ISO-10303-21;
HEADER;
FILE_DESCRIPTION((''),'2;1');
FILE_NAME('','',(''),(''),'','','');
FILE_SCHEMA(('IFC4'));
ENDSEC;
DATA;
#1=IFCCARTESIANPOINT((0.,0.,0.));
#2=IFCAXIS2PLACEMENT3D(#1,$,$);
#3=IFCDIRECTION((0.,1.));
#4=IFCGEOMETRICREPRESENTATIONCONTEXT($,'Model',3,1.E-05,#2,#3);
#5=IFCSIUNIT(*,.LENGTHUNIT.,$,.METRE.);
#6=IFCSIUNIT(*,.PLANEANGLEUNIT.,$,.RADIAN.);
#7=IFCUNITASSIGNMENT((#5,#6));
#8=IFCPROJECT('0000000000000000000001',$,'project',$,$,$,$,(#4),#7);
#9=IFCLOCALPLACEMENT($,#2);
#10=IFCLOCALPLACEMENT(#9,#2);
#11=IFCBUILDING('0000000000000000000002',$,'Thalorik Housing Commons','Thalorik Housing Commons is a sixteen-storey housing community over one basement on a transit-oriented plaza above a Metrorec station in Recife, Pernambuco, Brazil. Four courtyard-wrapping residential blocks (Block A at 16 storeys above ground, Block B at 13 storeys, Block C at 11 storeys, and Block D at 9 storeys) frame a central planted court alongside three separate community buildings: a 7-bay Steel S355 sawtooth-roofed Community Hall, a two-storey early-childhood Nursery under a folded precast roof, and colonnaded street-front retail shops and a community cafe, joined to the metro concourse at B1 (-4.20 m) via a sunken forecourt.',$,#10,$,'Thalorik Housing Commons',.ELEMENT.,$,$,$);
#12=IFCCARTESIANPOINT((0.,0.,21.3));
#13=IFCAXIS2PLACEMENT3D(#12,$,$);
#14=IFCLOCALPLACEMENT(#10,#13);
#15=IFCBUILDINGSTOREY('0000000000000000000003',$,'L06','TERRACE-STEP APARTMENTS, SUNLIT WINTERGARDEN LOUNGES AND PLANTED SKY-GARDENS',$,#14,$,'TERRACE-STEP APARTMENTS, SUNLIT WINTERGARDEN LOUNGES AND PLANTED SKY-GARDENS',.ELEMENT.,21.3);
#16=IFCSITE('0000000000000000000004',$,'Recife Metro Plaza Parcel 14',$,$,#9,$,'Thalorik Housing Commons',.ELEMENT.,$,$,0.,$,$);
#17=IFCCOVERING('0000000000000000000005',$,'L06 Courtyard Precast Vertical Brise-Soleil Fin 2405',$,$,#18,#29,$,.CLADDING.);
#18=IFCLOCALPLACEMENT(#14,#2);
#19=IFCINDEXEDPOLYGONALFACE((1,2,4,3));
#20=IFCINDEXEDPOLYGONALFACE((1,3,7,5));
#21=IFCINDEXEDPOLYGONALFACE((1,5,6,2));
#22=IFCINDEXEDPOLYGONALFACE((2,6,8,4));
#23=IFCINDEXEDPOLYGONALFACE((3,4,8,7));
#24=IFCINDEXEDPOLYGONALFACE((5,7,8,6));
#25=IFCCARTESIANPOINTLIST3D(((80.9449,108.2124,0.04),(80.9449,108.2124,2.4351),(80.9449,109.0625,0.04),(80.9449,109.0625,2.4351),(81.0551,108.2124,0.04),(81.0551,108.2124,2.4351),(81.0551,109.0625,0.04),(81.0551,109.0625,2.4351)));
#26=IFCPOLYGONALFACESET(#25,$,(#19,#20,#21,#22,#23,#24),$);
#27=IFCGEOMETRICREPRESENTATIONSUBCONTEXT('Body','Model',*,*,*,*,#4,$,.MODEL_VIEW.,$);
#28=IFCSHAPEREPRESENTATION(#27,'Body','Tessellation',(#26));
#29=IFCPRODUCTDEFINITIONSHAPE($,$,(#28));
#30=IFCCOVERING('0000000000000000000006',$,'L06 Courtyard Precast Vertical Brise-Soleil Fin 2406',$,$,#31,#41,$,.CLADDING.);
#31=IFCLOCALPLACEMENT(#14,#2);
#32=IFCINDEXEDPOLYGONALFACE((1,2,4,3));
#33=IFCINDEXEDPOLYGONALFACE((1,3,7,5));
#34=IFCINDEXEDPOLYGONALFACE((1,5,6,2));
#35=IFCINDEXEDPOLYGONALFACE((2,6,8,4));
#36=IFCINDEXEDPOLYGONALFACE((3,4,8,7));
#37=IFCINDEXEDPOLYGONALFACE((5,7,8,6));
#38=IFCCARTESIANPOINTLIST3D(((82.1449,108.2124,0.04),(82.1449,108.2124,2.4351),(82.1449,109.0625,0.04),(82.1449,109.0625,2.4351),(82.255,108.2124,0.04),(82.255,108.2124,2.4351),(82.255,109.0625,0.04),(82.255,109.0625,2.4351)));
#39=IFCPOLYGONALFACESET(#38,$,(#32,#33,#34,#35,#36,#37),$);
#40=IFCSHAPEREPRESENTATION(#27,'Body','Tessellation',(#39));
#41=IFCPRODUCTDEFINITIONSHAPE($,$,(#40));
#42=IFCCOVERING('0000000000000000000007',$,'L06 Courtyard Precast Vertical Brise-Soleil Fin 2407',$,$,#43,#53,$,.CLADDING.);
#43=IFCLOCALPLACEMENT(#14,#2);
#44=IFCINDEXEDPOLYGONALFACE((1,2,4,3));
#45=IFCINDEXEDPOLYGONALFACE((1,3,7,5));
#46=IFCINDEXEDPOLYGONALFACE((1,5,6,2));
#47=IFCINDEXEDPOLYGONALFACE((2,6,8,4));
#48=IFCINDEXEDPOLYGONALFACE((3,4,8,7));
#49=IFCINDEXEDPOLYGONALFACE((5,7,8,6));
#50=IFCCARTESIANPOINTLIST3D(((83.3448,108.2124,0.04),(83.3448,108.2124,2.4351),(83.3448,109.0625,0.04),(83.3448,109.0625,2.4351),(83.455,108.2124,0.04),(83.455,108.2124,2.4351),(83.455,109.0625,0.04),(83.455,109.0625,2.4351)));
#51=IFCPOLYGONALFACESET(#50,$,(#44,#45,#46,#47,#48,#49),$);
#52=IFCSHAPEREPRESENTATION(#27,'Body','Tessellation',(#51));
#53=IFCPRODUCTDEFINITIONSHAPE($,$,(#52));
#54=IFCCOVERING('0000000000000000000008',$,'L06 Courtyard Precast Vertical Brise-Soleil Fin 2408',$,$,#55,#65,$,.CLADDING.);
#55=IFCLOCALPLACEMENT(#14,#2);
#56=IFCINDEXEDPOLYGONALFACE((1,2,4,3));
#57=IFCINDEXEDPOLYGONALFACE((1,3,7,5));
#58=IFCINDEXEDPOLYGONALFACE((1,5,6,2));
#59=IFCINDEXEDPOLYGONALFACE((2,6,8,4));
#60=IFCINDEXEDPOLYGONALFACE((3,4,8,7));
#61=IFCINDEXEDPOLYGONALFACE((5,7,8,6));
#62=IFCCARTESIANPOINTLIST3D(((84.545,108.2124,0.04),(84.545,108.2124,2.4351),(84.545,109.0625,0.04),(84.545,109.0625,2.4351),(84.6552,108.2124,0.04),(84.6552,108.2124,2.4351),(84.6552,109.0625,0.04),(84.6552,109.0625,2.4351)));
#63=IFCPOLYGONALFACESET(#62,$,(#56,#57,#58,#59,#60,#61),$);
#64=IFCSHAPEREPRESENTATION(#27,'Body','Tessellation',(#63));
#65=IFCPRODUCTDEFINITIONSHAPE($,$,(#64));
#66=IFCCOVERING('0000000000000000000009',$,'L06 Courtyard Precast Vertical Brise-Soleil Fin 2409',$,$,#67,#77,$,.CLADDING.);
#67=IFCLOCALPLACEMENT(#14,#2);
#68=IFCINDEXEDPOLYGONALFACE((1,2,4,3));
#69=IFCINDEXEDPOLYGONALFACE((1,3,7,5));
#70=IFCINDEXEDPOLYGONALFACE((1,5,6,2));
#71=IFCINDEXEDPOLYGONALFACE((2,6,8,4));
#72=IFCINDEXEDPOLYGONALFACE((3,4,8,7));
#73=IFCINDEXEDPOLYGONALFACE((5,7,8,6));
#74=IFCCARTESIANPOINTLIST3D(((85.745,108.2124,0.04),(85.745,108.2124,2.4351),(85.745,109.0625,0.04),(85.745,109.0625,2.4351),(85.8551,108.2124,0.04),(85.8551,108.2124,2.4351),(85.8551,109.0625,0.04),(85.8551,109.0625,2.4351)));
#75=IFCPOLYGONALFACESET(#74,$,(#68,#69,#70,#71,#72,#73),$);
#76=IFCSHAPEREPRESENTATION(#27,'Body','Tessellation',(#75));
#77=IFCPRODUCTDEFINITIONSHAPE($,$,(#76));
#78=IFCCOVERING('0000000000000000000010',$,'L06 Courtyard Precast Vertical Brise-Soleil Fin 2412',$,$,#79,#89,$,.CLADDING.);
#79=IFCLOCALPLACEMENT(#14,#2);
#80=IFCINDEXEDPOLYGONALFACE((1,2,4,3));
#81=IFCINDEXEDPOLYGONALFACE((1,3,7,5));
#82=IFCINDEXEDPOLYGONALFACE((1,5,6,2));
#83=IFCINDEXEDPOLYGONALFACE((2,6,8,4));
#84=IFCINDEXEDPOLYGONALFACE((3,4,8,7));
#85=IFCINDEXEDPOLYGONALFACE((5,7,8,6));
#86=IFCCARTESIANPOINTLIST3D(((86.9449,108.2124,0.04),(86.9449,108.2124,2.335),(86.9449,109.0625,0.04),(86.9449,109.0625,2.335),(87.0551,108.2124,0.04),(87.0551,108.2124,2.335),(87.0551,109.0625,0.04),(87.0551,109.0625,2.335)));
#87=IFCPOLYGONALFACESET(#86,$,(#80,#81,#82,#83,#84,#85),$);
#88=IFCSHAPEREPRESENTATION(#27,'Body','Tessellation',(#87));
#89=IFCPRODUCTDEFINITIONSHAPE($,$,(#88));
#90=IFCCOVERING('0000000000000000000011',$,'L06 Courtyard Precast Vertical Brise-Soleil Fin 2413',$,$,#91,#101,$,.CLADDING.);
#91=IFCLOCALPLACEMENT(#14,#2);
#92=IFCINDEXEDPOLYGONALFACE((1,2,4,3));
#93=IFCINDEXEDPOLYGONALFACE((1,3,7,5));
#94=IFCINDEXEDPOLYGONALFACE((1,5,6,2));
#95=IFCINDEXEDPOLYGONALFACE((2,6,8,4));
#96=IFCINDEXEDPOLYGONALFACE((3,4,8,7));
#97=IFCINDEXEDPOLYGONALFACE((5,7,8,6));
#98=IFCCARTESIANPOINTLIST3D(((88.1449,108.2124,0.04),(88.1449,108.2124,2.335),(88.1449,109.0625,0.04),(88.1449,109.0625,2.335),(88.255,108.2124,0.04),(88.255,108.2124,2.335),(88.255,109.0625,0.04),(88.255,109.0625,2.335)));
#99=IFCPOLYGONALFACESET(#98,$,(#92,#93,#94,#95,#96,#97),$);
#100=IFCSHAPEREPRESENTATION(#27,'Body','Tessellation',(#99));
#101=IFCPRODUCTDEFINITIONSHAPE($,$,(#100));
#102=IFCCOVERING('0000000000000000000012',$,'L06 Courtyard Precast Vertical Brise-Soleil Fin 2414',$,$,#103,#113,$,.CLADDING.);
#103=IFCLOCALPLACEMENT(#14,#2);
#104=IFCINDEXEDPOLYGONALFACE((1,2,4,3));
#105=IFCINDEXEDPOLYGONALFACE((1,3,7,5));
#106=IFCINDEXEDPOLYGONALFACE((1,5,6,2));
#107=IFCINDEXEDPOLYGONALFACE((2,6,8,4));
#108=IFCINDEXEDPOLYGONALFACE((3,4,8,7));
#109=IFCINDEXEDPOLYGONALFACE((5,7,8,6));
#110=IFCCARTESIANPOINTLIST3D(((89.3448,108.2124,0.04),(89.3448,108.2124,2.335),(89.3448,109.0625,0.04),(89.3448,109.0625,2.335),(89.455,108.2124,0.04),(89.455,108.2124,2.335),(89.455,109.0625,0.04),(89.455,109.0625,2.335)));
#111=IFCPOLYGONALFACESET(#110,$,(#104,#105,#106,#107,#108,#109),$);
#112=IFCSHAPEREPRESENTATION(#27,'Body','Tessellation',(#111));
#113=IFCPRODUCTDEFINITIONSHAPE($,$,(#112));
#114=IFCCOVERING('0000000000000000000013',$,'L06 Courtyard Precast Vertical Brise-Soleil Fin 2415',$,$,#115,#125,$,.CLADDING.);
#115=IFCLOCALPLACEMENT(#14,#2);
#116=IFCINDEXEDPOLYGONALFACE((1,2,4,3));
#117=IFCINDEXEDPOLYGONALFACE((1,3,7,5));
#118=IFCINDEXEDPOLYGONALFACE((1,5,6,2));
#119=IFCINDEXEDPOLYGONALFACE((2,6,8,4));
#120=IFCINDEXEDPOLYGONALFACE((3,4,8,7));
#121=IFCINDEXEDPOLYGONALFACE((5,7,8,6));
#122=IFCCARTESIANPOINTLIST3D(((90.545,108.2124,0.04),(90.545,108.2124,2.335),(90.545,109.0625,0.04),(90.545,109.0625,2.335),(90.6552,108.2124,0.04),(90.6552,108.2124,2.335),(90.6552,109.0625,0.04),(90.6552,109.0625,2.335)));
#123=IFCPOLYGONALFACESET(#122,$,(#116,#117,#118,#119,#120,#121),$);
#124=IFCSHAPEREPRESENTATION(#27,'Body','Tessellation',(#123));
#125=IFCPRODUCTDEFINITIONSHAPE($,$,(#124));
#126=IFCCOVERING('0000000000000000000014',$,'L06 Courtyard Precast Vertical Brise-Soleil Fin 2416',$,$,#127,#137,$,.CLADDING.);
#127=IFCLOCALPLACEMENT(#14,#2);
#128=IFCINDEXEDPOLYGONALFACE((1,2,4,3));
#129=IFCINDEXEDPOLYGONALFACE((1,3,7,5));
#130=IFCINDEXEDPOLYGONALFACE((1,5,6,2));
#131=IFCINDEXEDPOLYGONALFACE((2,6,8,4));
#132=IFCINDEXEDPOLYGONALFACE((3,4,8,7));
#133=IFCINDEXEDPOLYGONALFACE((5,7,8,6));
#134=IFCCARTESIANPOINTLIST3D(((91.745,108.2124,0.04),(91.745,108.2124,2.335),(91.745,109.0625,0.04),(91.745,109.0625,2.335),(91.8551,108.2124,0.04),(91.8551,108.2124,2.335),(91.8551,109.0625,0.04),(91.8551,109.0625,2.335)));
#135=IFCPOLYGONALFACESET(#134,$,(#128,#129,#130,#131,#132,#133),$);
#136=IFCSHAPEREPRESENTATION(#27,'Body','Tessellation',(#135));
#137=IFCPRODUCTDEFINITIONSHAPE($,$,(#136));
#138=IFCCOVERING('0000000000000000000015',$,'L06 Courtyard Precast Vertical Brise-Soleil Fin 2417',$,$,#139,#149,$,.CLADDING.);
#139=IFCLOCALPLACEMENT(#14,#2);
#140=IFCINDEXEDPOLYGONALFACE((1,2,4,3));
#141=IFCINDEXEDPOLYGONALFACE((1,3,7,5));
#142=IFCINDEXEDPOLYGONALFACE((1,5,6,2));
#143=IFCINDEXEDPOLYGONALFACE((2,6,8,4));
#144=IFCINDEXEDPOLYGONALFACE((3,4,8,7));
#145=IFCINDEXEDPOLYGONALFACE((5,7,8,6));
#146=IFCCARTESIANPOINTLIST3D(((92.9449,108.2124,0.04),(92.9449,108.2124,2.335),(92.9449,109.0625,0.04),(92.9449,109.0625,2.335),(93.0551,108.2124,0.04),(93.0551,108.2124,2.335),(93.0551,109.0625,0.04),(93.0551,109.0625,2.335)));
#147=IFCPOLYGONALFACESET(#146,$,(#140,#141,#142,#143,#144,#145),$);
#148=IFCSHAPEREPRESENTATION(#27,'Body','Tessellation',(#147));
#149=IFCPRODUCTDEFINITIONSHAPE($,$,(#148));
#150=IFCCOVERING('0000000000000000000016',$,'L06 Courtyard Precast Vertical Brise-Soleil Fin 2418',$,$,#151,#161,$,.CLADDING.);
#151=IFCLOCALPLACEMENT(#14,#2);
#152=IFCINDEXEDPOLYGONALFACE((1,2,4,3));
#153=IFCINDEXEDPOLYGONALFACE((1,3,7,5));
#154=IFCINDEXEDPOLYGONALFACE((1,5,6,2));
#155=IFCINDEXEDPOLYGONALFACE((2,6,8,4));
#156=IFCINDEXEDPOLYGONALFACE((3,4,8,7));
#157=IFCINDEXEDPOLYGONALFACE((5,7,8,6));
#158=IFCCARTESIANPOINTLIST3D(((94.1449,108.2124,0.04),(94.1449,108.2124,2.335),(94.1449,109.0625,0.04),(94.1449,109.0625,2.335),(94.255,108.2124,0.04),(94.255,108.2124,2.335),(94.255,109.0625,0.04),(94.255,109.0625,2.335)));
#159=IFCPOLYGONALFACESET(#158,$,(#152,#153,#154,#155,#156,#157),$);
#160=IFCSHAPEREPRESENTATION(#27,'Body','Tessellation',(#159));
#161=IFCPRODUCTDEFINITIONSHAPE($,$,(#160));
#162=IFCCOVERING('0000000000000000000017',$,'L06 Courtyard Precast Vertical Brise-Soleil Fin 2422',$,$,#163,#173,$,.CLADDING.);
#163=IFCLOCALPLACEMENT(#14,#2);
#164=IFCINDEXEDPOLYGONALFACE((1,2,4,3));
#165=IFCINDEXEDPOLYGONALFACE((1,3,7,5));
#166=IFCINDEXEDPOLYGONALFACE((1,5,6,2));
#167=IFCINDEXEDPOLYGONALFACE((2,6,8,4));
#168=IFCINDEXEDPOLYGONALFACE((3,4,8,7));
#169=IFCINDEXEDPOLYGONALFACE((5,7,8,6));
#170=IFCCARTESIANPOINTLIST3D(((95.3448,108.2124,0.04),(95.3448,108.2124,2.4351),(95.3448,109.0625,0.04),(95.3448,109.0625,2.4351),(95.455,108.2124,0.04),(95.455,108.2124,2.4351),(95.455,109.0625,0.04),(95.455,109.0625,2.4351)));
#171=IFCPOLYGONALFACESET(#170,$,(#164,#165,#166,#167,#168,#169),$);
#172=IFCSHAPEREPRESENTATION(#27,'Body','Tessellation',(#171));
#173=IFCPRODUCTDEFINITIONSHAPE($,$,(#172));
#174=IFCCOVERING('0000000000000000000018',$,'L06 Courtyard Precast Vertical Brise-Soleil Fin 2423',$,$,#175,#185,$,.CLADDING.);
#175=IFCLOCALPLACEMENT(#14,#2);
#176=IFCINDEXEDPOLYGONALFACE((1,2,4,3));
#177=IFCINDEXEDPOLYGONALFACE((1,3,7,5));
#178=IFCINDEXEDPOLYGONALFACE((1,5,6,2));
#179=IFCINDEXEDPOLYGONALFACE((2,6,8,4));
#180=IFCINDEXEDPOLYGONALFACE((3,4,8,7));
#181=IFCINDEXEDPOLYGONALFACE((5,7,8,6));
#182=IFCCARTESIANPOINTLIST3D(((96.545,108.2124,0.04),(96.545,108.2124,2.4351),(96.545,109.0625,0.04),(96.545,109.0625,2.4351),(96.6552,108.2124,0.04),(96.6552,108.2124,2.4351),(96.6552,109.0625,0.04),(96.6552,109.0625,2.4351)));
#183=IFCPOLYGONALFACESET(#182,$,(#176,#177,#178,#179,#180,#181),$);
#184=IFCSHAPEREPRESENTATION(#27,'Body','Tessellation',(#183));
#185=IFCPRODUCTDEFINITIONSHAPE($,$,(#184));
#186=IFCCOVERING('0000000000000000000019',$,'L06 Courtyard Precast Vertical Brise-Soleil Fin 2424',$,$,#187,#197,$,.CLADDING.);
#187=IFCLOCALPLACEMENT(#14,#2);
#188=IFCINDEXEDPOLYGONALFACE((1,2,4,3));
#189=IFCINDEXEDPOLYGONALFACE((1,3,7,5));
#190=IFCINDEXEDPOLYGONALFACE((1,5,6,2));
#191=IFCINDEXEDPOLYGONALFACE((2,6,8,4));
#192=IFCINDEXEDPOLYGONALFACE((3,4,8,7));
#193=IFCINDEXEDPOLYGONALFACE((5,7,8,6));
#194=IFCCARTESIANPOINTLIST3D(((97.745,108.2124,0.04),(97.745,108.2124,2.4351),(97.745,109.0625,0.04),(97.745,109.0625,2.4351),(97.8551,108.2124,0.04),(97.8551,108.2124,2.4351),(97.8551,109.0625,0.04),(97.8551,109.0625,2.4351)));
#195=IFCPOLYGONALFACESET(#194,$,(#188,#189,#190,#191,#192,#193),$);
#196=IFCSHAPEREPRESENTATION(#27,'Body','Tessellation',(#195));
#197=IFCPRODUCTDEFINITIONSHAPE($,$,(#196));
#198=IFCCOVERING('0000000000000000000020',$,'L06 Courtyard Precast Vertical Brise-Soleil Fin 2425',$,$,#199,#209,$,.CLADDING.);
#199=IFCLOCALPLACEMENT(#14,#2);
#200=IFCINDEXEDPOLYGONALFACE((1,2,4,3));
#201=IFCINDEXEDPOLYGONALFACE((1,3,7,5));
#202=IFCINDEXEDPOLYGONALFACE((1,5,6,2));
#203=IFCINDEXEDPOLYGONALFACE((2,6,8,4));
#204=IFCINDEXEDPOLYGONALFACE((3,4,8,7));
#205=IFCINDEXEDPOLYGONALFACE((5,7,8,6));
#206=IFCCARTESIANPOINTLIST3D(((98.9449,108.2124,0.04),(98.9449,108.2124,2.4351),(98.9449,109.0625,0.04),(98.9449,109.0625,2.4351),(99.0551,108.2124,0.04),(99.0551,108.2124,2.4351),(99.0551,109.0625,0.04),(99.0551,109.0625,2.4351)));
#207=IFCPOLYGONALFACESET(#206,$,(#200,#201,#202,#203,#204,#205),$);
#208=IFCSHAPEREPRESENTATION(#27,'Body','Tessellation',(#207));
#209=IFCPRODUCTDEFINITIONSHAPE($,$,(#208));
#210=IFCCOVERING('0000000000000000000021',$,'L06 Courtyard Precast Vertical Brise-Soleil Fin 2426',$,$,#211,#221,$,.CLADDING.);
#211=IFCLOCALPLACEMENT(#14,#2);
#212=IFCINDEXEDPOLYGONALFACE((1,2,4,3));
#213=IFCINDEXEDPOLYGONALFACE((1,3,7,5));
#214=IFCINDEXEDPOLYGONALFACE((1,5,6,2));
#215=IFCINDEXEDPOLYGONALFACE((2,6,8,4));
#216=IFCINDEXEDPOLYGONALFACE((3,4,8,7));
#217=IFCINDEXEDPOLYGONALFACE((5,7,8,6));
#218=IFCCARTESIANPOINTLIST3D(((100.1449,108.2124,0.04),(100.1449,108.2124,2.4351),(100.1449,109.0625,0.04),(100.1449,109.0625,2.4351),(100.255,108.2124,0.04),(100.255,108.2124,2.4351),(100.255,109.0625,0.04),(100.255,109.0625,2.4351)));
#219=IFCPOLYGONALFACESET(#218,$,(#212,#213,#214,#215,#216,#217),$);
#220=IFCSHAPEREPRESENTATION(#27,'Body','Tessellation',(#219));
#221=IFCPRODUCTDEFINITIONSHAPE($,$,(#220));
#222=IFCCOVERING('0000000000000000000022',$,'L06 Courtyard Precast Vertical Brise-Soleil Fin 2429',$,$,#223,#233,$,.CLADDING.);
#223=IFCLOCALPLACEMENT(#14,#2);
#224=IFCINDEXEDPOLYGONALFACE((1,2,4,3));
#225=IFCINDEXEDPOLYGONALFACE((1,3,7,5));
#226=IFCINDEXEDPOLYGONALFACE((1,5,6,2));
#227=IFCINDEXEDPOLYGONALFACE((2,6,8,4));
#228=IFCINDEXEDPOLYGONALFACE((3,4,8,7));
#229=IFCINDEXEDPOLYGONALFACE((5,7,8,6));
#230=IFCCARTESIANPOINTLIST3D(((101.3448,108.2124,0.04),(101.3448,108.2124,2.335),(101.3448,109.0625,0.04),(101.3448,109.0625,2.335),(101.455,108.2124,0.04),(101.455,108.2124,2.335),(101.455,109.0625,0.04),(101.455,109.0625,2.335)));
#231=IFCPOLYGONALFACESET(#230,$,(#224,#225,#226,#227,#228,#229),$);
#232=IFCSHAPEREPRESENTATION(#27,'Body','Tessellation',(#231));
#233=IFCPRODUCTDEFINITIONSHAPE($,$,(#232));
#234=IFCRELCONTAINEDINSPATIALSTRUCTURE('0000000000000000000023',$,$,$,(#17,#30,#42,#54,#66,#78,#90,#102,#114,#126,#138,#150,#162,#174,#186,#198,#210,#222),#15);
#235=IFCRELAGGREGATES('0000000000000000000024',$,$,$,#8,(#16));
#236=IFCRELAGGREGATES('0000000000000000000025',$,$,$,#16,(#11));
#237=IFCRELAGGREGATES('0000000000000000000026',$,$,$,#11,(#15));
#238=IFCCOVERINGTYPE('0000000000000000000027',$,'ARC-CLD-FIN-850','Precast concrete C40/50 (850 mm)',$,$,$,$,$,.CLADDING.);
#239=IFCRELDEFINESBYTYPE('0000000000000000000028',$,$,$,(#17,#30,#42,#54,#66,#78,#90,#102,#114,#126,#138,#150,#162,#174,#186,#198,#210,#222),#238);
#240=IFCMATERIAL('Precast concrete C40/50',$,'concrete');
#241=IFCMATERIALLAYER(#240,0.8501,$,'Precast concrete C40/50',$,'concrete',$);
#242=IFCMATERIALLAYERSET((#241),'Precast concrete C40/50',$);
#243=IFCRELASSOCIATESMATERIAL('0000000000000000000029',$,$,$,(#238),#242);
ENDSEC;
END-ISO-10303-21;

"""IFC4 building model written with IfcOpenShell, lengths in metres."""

from ifc_helpers import new_model, si_unit, direction, frame, origin, origin_2d, place, context, subcontext, project, spatial, rectangle, extrude, material, layer, layer_set, type_object, element, save


model = new_model("IFC4")

# Units and contexts
model_context = context("Model", 3, precision=1e-05, world=origin(), true_north=direction((0.0, 1.0)))
body_context = subcontext(model_context, "Body", "Model", "MODEL_VIEW")
ifc_project = project(units=[si_unit("LENGTHUNIT", "METRE"), si_unit("PLANEANGLEUNIT", "RADIAN")], contexts=[model_context])

# Site, building, storey
site_placement = place(None, origin())
site = spatial("IfcSite", under=ifc_project, at=site_placement, Name="Recife Metro Plaza Parcel 14", LongName="Thalorik Housing Commons", CompositionType="ELEMENT", RefElevation=0.0)
building_placement = place(site_placement, origin())
building = spatial("IfcBuilding", under=site, at=building_placement, Name="Thalorik Housing Commons", Description="Thalorik Housing Commons is a sixteen-storey housing community over one basement on a transit-oriented plaza above a Metrorec station in Recife, Pernambuco, Brazil. Four courtyard-wrapping residential blocks (Block A at 16 storeys above ground, Block B at 13 storeys, Block C at 11 storeys, and Block D at 9 storeys) frame a central planted court alongside three separate community buildings: a 7-bay Steel S355 sawtooth-roofed Community Hall, a two-storey early-childhood Nursery under a folded precast roof, and colonnaded street-front retail shops and a community cafe, joined to the metro concourse at B1 (-4.20 m) via a sunken forecourt.", LongName="Thalorik Housing Commons", CompositionType="ELEMENT")
storey_placement = place(building_placement, frame((0.0, 0.0, 21.3)))
storey = spatial("IfcBuildingStorey", under=building, at=storey_placement, Name="L06", Description="TERRACE-STEP APARTMENTS, SUNLIT WINTERGARDEN LOUNGES AND PLANTED SKY-GARDENS", LongName="TERRACE-STEP APARTMENTS, SUNLIT WINTERGARDEN LOUNGES AND PLANTED SKY-GARDENS", CompositionType="ELEMENT", Elevation=21.3)

# Coverings
ifc_material = material(Name="Precast concrete C40/50", Category="concrete")
ifc_layer_1 = layer(ifc_material, 0.8501, Name="Precast concrete C40/50", Category="concrete")
ifc_layer_set_1 = layer_set([ifc_layer_1], Name="Precast concrete C40/50")
covering_type_1 = type_object("IfcCoveringType", Name="ARC-CLD-FIN-850", Description="Precast concrete C40/50 (850 mm)", PredefinedType="CLADDING", material=ifc_layer_set_1)
for number, where, z_axis, x_axis, name in (
    (1, (81.0, 108.6375, 0.04), (0.0, 0.0, 1.0), (1.0, 0.0, 0.0), "L06 Courtyard Precast Vertical Brise-Soleil Fin 2405"),
    (2, (82.2, 108.6375, 0.04), (0.0, 0.0, 1.0), (1.0, 0.0, 0.0), "L06 Courtyard Precast Vertical Brise-Soleil Fin 2406"),
    (3, (83.3999, 108.6375, 0.04), (0.0, 0.0, 1.0), (1.0, 0.0, 0.0), "L06 Courtyard Precast Vertical Brise-Soleil Fin 2407"),
    (4, (84.6001, 108.6375, 0.04), (0.0, 0.0, 1.0), (1.0, 0.0, 0.0), "L06 Courtyard Precast Vertical Brise-Soleil Fin 2408"),
    (5, (85.8, 108.6375, 0.04), (0.0, 0.0, 1.0), (1.0, 0.0, 0.0), "L06 Courtyard Precast Vertical Brise-Soleil Fin 2409"),
):
    element("IfcCovering", number, at=place(storey_placement, frame(where, z_axis=z_axis, x_axis=x_axis)), inside=storey, type_object=covering_type_1, Name=name, PredefinedType="CLADDING", context=body_context, shape_type="SweptSolid", body=[
        extrude(rectangle(XDim=0.1101, YDim=0.8501, at=origin_2d()), origin(), (0.0, 0.0, 1.0), 2.395),
    ])
for number, where, z_axis, x_axis, name in (
    (6, (87.0, 108.6375, 0.04), (0.0, 0.0, 1.0), (1.0, 0.0, 0.0), "L06 Courtyard Precast Vertical Brise-Soleil Fin 2412"),
    (7, (88.2, 108.6375, 0.04), (0.0, 0.0, 1.0), (1.0, 0.0, 0.0), "L06 Courtyard Precast Vertical Brise-Soleil Fin 2413"),
    (8, (89.3999, 108.6375, 0.04), (0.0, 0.0, 1.0), (1.0, 0.0, 0.0), "L06 Courtyard Precast Vertical Brise-Soleil Fin 2414"),
    (9, (90.6001, 108.6375, 0.04), (0.0, 0.0, 1.0), (1.0, 0.0, 0.0), "L06 Courtyard Precast Vertical Brise-Soleil Fin 2415"),
    (10, (91.8, 108.6375, 0.04), (0.0, 0.0, 1.0), (1.0, 0.0, 0.0), "L06 Courtyard Precast Vertical Brise-Soleil Fin 2416"),
    (11, (93.0, 108.6375, 0.04), (0.0, 0.0, 1.0), (1.0, 0.0, 0.0), "L06 Courtyard Precast Vertical Brise-Soleil Fin 2417"),
    (12, (94.2, 108.6375, 0.04), (0.0, 0.0, 1.0), (1.0, 0.0, 0.0), "L06 Courtyard Precast Vertical Brise-Soleil Fin 2418"),
):
    element("IfcCovering", number, at=place(storey_placement, frame(where, z_axis=z_axis, x_axis=x_axis)), inside=storey, type_object=covering_type_1, Name=name, PredefinedType="CLADDING", context=body_context, shape_type="SweptSolid", body=[
        extrude(rectangle(XDim=0.1101, YDim=0.8501, at=origin_2d()), origin(), (0.0, 0.0, 1.0), 2.2949),
    ])
for number, where, z_axis, x_axis, name in (
    (13, (95.3999, 108.6375, 0.04), (0.0, 0.0, 1.0), (1.0, 0.0, 0.0), "L06 Courtyard Precast Vertical Brise-Soleil Fin 2422"),
    (14, (96.6001, 108.6375, 0.04), (0.0, 0.0, 1.0), (1.0, 0.0, 0.0), "L06 Courtyard Precast Vertical Brise-Soleil Fin 2423"),
    (15, (97.8, 108.6375, 0.04), (0.0, 0.0, 1.0), (1.0, 0.0, 0.0), "L06 Courtyard Precast Vertical Brise-Soleil Fin 2424"),
    (16, (99.0, 108.6375, 0.04), (0.0, 0.0, 1.0), (1.0, 0.0, 0.0), "L06 Courtyard Precast Vertical Brise-Soleil Fin 2425"),
    (17, (100.2, 108.6375, 0.04), (0.0, 0.0, 1.0), (1.0, 0.0, 0.0), "L06 Courtyard Precast Vertical Brise-Soleil Fin 2426"),
):
    element("IfcCovering", number, at=place(storey_placement, frame(where, z_axis=z_axis, x_axis=x_axis)), inside=storey, type_object=covering_type_1, Name=name, PredefinedType="CLADDING", context=body_context, shape_type="SweptSolid", body=[
        extrude(rectangle(XDim=0.1101, YDim=0.8501, at=origin_2d()), origin(), (0.0, 0.0, 1.0), 2.395),
    ])
covering_1_placement = place(storey_placement, frame((101.3999, 108.6375, 0.04), z_axis=(0.0, 0.0, 1.0), x_axis=(1.0, 0.0, 0.0)))
element("IfcCovering", 18, at=covering_1_placement, inside=storey, type_object=covering_type_1, Name="L06 Courtyard Precast Vertical Brise-Soleil Fin 2429", PredefinedType="CLADDING", context=body_context, shape_type="SweptSolid", body=[
    extrude(rectangle(XDim=0.1101, YDim=0.8501, at=origin_2d()), origin(), (0.0, 0.0, 1.0), 2.2949),
])

save(model, "model.ifc")
